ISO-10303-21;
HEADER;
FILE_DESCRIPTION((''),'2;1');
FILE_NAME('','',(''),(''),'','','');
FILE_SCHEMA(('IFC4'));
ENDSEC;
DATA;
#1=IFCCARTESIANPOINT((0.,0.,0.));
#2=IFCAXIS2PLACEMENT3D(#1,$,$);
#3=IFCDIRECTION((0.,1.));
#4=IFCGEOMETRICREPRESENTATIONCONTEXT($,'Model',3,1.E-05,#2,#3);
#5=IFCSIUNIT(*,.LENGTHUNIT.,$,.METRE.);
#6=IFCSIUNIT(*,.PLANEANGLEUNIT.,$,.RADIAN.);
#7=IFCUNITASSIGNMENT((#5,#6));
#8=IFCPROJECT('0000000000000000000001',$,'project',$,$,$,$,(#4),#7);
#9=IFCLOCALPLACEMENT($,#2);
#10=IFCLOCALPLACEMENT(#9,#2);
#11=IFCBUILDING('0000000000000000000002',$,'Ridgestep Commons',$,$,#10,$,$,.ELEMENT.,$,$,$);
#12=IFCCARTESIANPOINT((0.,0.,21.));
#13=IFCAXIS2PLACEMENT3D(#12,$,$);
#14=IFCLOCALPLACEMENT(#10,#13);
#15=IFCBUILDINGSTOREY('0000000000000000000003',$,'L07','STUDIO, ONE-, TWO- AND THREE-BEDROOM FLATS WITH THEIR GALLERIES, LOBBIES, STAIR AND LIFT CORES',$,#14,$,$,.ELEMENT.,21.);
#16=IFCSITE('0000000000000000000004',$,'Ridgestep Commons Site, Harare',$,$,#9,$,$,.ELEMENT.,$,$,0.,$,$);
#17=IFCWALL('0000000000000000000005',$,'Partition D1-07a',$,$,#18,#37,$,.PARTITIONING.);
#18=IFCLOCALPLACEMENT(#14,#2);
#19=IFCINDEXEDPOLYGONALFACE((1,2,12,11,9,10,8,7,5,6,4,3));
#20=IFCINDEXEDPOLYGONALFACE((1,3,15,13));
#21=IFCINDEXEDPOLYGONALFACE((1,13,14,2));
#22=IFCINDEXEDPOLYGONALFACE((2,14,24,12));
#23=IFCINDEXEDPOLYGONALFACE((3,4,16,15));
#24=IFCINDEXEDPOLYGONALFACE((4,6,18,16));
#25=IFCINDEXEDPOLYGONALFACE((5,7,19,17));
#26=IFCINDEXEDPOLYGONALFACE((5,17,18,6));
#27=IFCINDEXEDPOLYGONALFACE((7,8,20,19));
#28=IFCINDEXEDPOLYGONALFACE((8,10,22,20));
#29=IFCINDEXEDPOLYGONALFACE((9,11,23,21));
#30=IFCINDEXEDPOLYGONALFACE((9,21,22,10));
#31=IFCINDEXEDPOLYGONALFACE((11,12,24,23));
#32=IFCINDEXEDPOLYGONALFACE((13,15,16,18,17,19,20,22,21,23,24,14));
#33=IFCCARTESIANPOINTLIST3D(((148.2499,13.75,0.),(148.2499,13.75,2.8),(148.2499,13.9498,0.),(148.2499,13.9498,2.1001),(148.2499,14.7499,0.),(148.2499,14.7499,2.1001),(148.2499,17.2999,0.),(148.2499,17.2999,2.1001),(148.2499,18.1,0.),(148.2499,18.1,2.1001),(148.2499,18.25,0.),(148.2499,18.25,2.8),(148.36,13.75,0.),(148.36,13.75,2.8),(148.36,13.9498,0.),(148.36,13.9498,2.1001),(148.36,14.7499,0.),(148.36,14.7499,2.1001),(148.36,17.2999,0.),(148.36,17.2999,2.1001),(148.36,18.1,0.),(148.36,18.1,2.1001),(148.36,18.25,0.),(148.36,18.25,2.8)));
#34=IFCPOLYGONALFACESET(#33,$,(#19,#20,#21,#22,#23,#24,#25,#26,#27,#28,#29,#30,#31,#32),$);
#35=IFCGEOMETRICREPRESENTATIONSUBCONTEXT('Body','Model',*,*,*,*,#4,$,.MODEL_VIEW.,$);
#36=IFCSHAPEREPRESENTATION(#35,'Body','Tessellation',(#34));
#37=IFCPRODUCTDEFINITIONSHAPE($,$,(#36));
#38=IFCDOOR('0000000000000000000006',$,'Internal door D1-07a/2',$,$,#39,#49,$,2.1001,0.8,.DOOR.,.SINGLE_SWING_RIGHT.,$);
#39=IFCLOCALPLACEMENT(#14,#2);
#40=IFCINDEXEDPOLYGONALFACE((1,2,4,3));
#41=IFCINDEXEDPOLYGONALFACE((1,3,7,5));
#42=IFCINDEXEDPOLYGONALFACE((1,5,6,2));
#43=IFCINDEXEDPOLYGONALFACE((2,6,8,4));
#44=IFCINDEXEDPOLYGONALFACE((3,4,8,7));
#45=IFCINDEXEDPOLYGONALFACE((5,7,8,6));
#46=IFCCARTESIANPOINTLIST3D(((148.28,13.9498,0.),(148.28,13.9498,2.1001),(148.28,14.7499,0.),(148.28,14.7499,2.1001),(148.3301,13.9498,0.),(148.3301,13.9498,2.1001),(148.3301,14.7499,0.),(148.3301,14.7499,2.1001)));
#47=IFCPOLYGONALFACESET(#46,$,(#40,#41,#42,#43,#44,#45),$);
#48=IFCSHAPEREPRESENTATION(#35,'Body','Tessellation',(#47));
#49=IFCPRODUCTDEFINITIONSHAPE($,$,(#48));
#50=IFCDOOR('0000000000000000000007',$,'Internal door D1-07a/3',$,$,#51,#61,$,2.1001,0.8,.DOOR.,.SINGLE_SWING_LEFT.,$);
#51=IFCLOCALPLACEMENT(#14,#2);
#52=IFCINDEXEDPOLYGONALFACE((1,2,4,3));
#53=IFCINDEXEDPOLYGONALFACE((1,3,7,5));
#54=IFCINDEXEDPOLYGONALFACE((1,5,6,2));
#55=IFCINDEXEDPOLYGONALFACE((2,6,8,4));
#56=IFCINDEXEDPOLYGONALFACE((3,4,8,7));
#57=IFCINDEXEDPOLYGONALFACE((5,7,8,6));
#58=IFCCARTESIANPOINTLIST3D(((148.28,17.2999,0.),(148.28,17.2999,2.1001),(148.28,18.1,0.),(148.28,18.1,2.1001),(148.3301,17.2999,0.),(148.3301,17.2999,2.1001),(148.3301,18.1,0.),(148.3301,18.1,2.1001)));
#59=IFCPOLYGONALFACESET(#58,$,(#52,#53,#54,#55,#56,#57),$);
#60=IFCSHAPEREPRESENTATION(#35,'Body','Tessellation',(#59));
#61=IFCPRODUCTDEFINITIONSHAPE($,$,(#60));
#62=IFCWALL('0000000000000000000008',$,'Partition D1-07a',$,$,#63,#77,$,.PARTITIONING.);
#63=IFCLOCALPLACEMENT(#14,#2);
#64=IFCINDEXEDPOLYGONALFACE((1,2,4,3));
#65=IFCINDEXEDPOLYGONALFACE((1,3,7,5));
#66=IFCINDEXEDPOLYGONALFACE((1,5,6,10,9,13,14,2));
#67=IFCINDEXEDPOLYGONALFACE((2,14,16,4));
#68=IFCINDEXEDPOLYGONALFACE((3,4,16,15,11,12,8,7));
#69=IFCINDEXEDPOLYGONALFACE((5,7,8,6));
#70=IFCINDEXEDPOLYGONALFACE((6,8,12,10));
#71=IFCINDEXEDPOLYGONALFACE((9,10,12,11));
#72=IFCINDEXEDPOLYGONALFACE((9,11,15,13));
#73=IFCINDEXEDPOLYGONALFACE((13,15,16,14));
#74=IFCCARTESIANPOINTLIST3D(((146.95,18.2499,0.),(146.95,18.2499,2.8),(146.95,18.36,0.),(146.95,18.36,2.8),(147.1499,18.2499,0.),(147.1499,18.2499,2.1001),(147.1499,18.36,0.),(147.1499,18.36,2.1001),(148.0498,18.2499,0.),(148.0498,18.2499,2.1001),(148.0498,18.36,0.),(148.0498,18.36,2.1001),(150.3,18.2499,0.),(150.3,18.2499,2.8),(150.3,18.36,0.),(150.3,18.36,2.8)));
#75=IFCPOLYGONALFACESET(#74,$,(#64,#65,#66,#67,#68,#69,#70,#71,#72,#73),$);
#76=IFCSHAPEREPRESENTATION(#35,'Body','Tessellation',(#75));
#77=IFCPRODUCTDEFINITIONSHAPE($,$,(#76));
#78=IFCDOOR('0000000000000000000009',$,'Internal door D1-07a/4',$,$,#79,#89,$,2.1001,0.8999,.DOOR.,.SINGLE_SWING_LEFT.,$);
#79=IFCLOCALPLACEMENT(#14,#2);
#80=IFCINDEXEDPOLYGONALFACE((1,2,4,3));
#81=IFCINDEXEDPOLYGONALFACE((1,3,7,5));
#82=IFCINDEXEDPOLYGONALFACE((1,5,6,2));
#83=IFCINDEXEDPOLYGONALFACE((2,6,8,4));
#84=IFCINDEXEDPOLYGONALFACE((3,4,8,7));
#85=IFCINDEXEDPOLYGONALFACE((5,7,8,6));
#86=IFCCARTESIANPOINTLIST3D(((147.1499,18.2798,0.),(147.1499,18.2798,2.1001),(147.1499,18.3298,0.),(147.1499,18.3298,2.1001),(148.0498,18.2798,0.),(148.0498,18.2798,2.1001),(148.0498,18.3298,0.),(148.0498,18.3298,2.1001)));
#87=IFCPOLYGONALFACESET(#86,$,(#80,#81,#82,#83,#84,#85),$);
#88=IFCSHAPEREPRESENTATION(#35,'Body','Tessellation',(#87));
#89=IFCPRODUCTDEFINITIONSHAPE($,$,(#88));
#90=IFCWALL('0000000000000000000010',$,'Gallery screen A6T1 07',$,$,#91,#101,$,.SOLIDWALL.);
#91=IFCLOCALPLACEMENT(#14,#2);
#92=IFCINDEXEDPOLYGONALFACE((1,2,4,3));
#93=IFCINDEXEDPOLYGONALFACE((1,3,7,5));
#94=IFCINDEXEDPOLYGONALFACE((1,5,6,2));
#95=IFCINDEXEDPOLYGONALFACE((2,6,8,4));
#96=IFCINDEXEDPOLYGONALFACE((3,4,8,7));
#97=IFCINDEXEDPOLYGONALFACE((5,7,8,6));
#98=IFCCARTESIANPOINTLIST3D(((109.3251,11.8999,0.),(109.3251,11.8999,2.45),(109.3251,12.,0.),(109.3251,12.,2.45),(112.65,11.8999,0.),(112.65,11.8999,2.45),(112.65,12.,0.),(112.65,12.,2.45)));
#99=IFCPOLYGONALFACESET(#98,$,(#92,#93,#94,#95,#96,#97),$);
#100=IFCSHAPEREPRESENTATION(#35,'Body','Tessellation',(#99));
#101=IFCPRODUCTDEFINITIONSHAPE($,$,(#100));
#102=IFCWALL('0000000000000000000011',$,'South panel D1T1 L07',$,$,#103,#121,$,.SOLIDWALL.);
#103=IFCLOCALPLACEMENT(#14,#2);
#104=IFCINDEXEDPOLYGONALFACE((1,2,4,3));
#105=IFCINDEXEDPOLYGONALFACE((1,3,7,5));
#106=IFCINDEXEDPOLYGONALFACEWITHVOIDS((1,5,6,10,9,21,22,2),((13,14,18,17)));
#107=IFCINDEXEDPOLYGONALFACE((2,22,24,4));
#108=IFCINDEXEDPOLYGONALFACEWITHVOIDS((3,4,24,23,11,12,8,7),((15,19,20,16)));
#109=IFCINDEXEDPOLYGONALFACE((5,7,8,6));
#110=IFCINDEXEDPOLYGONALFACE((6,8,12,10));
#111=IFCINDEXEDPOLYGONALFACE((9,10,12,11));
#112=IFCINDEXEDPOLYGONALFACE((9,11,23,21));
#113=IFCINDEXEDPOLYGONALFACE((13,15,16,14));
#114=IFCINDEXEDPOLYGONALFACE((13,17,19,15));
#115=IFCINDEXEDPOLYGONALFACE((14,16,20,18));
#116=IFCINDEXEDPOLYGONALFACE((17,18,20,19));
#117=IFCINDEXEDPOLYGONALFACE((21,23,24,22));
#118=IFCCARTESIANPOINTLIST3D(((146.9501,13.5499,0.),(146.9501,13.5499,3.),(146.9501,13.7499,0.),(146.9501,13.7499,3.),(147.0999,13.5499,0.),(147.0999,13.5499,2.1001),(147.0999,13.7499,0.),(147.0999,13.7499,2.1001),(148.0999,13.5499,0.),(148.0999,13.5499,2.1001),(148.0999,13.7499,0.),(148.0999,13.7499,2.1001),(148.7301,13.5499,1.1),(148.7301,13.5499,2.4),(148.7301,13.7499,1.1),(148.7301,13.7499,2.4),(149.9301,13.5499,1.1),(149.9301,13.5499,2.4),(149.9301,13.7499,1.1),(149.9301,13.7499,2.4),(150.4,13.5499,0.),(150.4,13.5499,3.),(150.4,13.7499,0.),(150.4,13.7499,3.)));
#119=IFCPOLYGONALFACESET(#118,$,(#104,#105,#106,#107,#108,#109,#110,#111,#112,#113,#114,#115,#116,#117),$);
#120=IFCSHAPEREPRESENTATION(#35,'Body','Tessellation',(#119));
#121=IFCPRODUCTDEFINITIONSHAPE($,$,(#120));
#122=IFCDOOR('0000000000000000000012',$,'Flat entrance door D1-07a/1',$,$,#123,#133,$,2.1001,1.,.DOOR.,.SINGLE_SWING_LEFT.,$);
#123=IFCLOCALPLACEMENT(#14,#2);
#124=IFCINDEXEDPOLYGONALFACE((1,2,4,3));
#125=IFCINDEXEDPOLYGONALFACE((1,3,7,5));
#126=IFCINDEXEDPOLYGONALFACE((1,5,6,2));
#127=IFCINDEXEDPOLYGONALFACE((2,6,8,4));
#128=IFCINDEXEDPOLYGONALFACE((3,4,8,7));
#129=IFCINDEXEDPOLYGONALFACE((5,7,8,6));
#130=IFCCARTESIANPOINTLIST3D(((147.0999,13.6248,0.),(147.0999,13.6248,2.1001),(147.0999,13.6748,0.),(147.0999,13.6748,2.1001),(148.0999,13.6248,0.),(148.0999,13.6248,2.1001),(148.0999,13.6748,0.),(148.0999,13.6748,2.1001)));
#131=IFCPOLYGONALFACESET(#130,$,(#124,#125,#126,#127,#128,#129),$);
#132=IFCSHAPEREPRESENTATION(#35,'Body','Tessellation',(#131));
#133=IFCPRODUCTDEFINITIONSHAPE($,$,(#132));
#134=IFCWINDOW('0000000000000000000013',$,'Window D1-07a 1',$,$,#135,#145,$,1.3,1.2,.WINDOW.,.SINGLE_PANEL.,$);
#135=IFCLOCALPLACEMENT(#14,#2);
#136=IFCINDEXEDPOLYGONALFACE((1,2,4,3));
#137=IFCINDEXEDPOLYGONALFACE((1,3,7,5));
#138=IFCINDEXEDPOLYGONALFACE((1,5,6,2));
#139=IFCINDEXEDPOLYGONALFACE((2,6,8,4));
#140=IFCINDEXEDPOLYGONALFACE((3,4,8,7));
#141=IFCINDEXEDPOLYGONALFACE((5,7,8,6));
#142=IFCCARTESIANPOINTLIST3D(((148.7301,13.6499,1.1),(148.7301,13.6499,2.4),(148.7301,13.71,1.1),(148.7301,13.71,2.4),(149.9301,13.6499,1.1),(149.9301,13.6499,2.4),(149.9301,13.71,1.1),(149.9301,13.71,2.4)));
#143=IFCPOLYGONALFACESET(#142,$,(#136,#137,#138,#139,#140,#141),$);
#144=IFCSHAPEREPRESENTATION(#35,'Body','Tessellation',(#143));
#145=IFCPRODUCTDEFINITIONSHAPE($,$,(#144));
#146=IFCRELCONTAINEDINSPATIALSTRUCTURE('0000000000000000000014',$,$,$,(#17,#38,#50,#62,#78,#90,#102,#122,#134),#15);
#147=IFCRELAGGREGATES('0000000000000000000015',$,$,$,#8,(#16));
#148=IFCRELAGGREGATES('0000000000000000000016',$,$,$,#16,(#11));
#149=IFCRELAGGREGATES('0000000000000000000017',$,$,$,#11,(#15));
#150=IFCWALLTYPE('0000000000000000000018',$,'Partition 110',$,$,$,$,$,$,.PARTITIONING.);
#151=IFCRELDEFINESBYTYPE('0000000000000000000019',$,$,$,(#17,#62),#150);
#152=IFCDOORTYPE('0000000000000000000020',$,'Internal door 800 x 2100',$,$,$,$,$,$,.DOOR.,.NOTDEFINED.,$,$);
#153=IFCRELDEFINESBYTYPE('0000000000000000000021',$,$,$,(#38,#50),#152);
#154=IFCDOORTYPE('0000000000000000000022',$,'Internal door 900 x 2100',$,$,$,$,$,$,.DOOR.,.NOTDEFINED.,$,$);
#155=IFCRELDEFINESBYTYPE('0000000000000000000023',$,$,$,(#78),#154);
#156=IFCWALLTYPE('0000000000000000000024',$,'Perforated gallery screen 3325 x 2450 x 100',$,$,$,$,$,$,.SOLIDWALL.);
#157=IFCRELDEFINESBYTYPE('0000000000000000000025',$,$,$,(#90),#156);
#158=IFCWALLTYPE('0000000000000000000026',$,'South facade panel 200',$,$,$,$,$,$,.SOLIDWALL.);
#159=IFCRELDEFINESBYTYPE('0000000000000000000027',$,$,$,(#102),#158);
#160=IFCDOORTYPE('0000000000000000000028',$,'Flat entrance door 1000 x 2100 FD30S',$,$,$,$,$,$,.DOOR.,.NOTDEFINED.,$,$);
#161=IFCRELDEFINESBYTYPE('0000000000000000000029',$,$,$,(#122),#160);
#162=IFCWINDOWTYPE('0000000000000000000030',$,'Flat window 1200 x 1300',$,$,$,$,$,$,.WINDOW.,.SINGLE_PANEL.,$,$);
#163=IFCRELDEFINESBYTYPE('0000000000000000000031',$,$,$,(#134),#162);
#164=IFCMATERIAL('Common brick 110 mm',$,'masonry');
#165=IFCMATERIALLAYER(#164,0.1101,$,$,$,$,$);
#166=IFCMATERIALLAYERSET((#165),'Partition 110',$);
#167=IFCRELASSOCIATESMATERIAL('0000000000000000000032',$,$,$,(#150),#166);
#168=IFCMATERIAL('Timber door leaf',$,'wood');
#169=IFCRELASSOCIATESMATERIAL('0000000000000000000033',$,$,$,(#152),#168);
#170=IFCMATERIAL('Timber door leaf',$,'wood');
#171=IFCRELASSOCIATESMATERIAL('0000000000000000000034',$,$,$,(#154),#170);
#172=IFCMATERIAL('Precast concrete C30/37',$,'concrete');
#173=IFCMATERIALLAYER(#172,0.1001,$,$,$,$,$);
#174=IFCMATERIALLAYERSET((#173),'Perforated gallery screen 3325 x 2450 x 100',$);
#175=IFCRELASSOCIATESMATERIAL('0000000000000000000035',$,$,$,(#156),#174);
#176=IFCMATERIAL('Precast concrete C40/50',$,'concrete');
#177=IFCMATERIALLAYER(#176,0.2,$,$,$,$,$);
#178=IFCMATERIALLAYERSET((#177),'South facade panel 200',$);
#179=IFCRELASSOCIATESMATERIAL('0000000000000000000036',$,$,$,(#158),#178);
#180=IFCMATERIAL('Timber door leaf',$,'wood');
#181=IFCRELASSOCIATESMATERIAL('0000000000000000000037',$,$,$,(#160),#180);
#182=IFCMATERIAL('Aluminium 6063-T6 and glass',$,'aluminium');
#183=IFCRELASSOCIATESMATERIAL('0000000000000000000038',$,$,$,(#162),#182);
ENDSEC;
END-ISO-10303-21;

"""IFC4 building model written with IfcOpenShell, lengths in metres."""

from ifc_helpers import new_model, si_unit, direction, frame, frame_2d, origin, place, context, subcontext, project, spatial, rectangle, extrude, material, layer, layer_set, type_object, element, fill, save


model = new_model("IFC4")

# Units and contexts
model_context = context("Model", 3, precision=1e-05, world=origin(), true_north=direction((0.0, 1.0)))
body_context = subcontext(model_context, "Body", "Model", "MODEL_VIEW")
ifc_project = project(units=[si_unit("LENGTHUNIT", "METRE"), si_unit("PLANEANGLEUNIT", "RADIAN")], contexts=[model_context])

# Site, building, storey
site_placement = place(None, origin())
site = spatial("IfcSite", under=ifc_project, at=site_placement, Name="Ridgestep Commons Site, Harare", CompositionType="ELEMENT", RefElevation=0.0)
building_placement = place(site_placement, origin())
building = spatial("IfcBuilding", under=site, at=building_placement, Name="Ridgestep Commons", CompositionType="ELEMENT")
storey_placement = place(building_placement, frame((0.0, 0.0, 21.0)))
storey = spatial("IfcBuildingStorey", under=building, at=storey_placement, Name="L07", Description="STUDIO, ONE-, TWO- AND THREE-BEDROOM FLATS WITH THEIR GALLERIES, LOBBIES, STAIR AND LIFT CORES", CompositionType="ELEMENT", Elevation=21.0)

# Wall, openings, doors
ifc_material_1 = material(Name="Common brick 110 mm", Category="masonry")
ifc_layer_1 = layer(ifc_material_1, 0.1101)
ifc_layer_set_1 = layer_set([ifc_layer_1], Name="Partition 110")
wall_type_1 = type_object("IfcWallType", Name="Partition 110", PredefinedType="PARTITIONING", material=ifc_layer_set_1)
ifc_material_2 = material(Name="Timber door leaf", Category="wood")
door_type_1 = type_object("IfcDoorType", Name="Internal door 800 x 2100", OperationType="NOTDEFINED", PredefinedType="DOOR", material=ifc_material_2)
wall_1_placement = place(storey_placement, frame((148.3049, 13.75, 0.0), z_axis=(0.0, 0.0, 1.0), x_axis=(0.0, 1.0, 0.0)))
wall_1 = element("IfcWall", 1, at=wall_1_placement, inside=storey, type_object=wall_type_1, Name="Partition D1-07a", PredefinedType="PARTITIONING", context=body_context, shape_type="SweptSolid", body=[
    extrude(rectangle(XDim=4.5, YDim=0.1101, at=frame_2d((2.25, 0.0))), origin(), (0.0, 0.0, 1.0), 2.8),
])
opening_1_placement = place(wall_1_placement, frame((0.2, 0.0, 0.0)))
opening_1 = element("IfcOpeningElement", 2, at=opening_1_placement, cuts=wall_1, PredefinedType="OPENING", context=body_context, shape_type="SweptSolid", body=[
    extrude(rectangle(XDim=0.8, YDim=2.1001, at=frame_2d((0.3999, 1.05))), frame((0.0, 0.0649, 0.0), z_axis=(0.0, -1.0, 0.0), x_axis=(1.0, 0.0, 0.0)), (0.0, 0.0, 1.0), 0.1301),
])
opening_2_placement = place(wall_1_placement, frame((3.55, 0.0, 0.0)))
opening_2 = element("IfcOpeningElement", 3, at=opening_2_placement, cuts=wall_1, PredefinedType="OPENING", context=body_context, shape_type="SweptSolid", body=[
    extrude(rectangle(XDim=0.8, YDim=2.1001, at=frame_2d((0.3999, 1.05))), frame((0.0, 0.0649, 0.0), z_axis=(0.0, -1.0, 0.0), x_axis=(1.0, 0.0, 0.0)), (0.0, 0.0, 1.0), 0.1301),
])
door_1_placement = place(opening_1_placement, origin())
door_1 = element("IfcDoor", 4, at=door_1_placement, inside=storey, type_object=door_type_1, Name="Internal door D1-07a/2", OperationType="SINGLE_SWING_RIGHT", OverallHeight=2.1001, OverallWidth=0.8, PredefinedType="DOOR", context=body_context, shape_type="SweptSolid", body=[
    extrude(rectangle(XDim=0.8, YDim=2.1001, at=frame_2d((0.3999, 1.05))), frame((0.0, 0.0249, 0.0), z_axis=(0.0, -1.0, 0.0), x_axis=(1.0, 0.0, 0.0)), (0.0, 0.0, 1.0), 0.05),
])
fill(opening_1, door_1)
door_2_placement = place(opening_2_placement, origin())
door_2 = element("IfcDoor", 5, at=door_2_placement, inside=storey, type_object=door_type_1, Name="Internal door D1-07a/3", OperationType="SINGLE_SWING_LEFT", OverallHeight=2.1001, OverallWidth=0.8, PredefinedType="DOOR", context=body_context, shape_type="SweptSolid", body=[
    extrude(rectangle(XDim=0.8, YDim=2.1001, at=frame_2d((0.3999, 1.05))), frame((0.0, 0.0249, 0.0), z_axis=(0.0, -1.0, 0.0), x_axis=(1.0, 0.0, 0.0)), (0.0, 0.0, 1.0), 0.05),
])
fill(opening_2, door_2)

# Wall, opening, door
wall_2_placement = place(storey_placement, frame((146.95, 18.3049, 0.0), z_axis=(0.0, 0.0, 1.0), x_axis=(1.0, 0.0, 0.0)))
wall_2 = element("IfcWall", 6, at=wall_2_placement, inside=storey, type_object=wall_type_1, Name="Partition D1-07a", PredefinedType="PARTITIONING", context=body_context, shape_type="SweptSolid", body=[
    extrude(rectangle(XDim=3.3501, YDim=0.1101, at=frame_2d((1.675, 0.0))), origin(), (0.0, 0.0, 1.0), 2.8),
])
opening_3_placement = place(wall_2_placement, frame((0.2, 0.0, 0.0)))
opening_3 = element("IfcOpeningElement", 7, at=opening_3_placement, cuts=wall_2, PredefinedType="OPENING", context=body_context, shape_type="SweptSolid", body=[
    extrude(rectangle(XDim=0.8999, YDim=2.1001, at=frame_2d((0.45, 1.05))), frame((0.0, 0.0649, 0.0), z_axis=(0.0, -1.0, 0.0), x_axis=(1.0, 0.0, 0.0)), (0.0, 0.0, 1.0), 0.1301),
])
ifc_material_3 = material(Name="Timber door leaf", Category="wood")
door_type_2 = type_object("IfcDoorType", Name="Internal door 900 x 2100", OperationType="NOTDEFINED", PredefinedType="DOOR", material=ifc_material_3)
door_3_placement = place(opening_3_placement, origin())
door_3 = element("IfcDoor", 8, at=door_3_placement, inside=storey, type_object=door_type_2, Name="Internal door D1-07a/4", OperationType="SINGLE_SWING_LEFT", OverallHeight=2.1001, OverallWidth=0.8999, PredefinedType="DOOR", context=body_context, shape_type="SweptSolid", body=[
    extrude(rectangle(XDim=0.8999, YDim=2.1001, at=frame_2d((0.45, 1.05))), frame((0.0, 0.0249, 0.0), z_axis=(0.0, -1.0, 0.0), x_axis=(1.0, 0.0, 0.0)), (0.0, 0.0, 1.0), 0.05),
])
fill(opening_3, door_3)

# Wall
ifc_material_4 = material(Name="Precast concrete C30/37", Category="concrete")
ifc_layer_2 = layer(ifc_material_4, 0.1001)
ifc_layer_set_2 = layer_set([ifc_layer_2], Name="Perforated gallery screen 3325 x 2450 x 100")
wall_type_2 = type_object("IfcWallType", Name="Perforated gallery screen 3325 x 2450 x 100", PredefinedType="SOLIDWALL", material=ifc_layer_set_2)
wall_3_placement = place(storey_placement, frame((109.325, 11.95, 0.0), z_axis=(0.0, 0.0, 1.0), x_axis=(1.0, 0.0, 0.0)))
element("IfcWall", 9, at=wall_3_placement, inside=storey, type_object=wall_type_2, Name="Gallery screen A6T1 07", PredefinedType="SOLIDWALL", context=body_context, shape_type="SweptSolid", body=[
    extrude(rectangle(XDim=3.325, YDim=0.1001, at=frame_2d((1.6626, 0.0))), origin(), (0.0, 0.0, 1.0), 2.45),
])

# Wall, openings, door, window
ifc_material_5 = material(Name="Precast concrete C40/50", Category="concrete")
ifc_layer_3 = layer(ifc_material_5, 0.2)
ifc_layer_set_3 = layer_set([ifc_layer_3], Name="South facade panel 200")
wall_type_3 = type_object("IfcWallType", Name="South facade panel 200", PredefinedType="SOLIDWALL", material=ifc_layer_set_3)
wall_4_placement = place(storey_placement, frame((146.95, 13.6499, 0.0), z_axis=(0.0, 0.0, 1.0), x_axis=(1.0, 0.0, 0.0)))
wall_4 = element("IfcWall", 10, at=wall_4_placement, inside=storey, type_object=wall_type_3, Name="South panel D1T1 L07", PredefinedType="SOLIDWALL", context=body_context, shape_type="SweptSolid", body=[
    extrude(rectangle(XDim=3.45, YDim=0.2, at=frame_2d((1.7251, 0.0))), origin(), (0.0, 0.0, 1.0), 3.0),
])
opening_4_placement = place(wall_4_placement, frame((1.78, 0.0, 1.1001)))
opening_4 = element("IfcOpeningElement", 11, at=opening_4_placement, cuts=wall_4, PredefinedType="OPENING", context=body_context, shape_type="SweptSolid", body=[
    extrude(rectangle(XDim=1.2, YDim=1.3, at=frame_2d((0.6001, 0.6499))), frame((0.0, 0.1099, 0.0), z_axis=(0.0, -1.0, 0.0), x_axis=(1.0, 0.0, 0.0)), (0.0, 0.0, 1.0), 0.22),
])
opening_5_placement = place(wall_4_placement, frame((0.1499, 0.0, 0.0)))
opening_5 = element("IfcOpeningElement", 12, at=opening_5_placement, cuts=wall_4, PredefinedType="OPENING", context=body_context, shape_type="SweptSolid", body=[
    extrude(rectangle(XDim=1.0, YDim=2.1001, at=frame_2d((0.5, 1.05))), frame((0.0, 0.1099, 0.0), z_axis=(0.0, -1.0, 0.0), x_axis=(1.0, 0.0, 0.0)), (0.0, 0.0, 1.0), 0.22),
])
ifc_material_6 = material(Name="Timber door leaf", Category="wood")
door_type_3 = type_object("IfcDoorType", Name="Flat entrance door 1000 x 2100 FD30S", OperationType="NOTDEFINED", PredefinedType="DOOR", material=ifc_material_6)
door_4_placement = place(opening_5_placement, origin())
door_4 = element("IfcDoor", 13, at=door_4_placement, inside=storey, type_object=door_type_3, Name="Flat entrance door D1-07a/1", OperationType="SINGLE_SWING_LEFT", OverallHeight=2.1001, OverallWidth=1.0, PredefinedType="DOOR", context=body_context, shape_type="SweptSolid", body=[
    extrude(rectangle(XDim=1.0, YDim=2.1001, at=frame_2d((0.5, 1.05))), frame((0.0, 0.0249, 0.0), z_axis=(0.0, -1.0, 0.0), x_axis=(1.0, 0.0, 0.0)), (0.0, 0.0, 1.0), 0.05),
])
fill(opening_5, door_4)
ifc_material_7 = material(Name="Aluminium 6063-T6 and glass", Category="aluminium")
window_type_1 = type_object("IfcWindowType", Name="Flat window 1200 x 1300", PartitioningType="SINGLE_PANEL", PredefinedType="WINDOW", material=ifc_material_7)
window_1_placement = place(opening_4_placement, origin())
window_1 = element("IfcWindow", 14, at=window_1_placement, inside=storey, type_object=window_type_1, Name="Window D1-07a 1", OverallHeight=1.3, OverallWidth=1.2, PartitioningType="SINGLE_PANEL", PredefinedType="WINDOW", context=body_context, shape_type="SweptSolid", body=[
    extrude(rectangle(XDim=1.2, YDim=1.3, at=frame_2d((0.6001, 0.6499))), frame((0.0, 0.0601, 0.0), z_axis=(0.0, -1.0, 0.0), x_axis=(1.0, 0.0, 0.0)), (0.0, 0.0, 1.0), 0.0601),
])
fill(opening_4, window_1)

save(model, "model.ifc")
